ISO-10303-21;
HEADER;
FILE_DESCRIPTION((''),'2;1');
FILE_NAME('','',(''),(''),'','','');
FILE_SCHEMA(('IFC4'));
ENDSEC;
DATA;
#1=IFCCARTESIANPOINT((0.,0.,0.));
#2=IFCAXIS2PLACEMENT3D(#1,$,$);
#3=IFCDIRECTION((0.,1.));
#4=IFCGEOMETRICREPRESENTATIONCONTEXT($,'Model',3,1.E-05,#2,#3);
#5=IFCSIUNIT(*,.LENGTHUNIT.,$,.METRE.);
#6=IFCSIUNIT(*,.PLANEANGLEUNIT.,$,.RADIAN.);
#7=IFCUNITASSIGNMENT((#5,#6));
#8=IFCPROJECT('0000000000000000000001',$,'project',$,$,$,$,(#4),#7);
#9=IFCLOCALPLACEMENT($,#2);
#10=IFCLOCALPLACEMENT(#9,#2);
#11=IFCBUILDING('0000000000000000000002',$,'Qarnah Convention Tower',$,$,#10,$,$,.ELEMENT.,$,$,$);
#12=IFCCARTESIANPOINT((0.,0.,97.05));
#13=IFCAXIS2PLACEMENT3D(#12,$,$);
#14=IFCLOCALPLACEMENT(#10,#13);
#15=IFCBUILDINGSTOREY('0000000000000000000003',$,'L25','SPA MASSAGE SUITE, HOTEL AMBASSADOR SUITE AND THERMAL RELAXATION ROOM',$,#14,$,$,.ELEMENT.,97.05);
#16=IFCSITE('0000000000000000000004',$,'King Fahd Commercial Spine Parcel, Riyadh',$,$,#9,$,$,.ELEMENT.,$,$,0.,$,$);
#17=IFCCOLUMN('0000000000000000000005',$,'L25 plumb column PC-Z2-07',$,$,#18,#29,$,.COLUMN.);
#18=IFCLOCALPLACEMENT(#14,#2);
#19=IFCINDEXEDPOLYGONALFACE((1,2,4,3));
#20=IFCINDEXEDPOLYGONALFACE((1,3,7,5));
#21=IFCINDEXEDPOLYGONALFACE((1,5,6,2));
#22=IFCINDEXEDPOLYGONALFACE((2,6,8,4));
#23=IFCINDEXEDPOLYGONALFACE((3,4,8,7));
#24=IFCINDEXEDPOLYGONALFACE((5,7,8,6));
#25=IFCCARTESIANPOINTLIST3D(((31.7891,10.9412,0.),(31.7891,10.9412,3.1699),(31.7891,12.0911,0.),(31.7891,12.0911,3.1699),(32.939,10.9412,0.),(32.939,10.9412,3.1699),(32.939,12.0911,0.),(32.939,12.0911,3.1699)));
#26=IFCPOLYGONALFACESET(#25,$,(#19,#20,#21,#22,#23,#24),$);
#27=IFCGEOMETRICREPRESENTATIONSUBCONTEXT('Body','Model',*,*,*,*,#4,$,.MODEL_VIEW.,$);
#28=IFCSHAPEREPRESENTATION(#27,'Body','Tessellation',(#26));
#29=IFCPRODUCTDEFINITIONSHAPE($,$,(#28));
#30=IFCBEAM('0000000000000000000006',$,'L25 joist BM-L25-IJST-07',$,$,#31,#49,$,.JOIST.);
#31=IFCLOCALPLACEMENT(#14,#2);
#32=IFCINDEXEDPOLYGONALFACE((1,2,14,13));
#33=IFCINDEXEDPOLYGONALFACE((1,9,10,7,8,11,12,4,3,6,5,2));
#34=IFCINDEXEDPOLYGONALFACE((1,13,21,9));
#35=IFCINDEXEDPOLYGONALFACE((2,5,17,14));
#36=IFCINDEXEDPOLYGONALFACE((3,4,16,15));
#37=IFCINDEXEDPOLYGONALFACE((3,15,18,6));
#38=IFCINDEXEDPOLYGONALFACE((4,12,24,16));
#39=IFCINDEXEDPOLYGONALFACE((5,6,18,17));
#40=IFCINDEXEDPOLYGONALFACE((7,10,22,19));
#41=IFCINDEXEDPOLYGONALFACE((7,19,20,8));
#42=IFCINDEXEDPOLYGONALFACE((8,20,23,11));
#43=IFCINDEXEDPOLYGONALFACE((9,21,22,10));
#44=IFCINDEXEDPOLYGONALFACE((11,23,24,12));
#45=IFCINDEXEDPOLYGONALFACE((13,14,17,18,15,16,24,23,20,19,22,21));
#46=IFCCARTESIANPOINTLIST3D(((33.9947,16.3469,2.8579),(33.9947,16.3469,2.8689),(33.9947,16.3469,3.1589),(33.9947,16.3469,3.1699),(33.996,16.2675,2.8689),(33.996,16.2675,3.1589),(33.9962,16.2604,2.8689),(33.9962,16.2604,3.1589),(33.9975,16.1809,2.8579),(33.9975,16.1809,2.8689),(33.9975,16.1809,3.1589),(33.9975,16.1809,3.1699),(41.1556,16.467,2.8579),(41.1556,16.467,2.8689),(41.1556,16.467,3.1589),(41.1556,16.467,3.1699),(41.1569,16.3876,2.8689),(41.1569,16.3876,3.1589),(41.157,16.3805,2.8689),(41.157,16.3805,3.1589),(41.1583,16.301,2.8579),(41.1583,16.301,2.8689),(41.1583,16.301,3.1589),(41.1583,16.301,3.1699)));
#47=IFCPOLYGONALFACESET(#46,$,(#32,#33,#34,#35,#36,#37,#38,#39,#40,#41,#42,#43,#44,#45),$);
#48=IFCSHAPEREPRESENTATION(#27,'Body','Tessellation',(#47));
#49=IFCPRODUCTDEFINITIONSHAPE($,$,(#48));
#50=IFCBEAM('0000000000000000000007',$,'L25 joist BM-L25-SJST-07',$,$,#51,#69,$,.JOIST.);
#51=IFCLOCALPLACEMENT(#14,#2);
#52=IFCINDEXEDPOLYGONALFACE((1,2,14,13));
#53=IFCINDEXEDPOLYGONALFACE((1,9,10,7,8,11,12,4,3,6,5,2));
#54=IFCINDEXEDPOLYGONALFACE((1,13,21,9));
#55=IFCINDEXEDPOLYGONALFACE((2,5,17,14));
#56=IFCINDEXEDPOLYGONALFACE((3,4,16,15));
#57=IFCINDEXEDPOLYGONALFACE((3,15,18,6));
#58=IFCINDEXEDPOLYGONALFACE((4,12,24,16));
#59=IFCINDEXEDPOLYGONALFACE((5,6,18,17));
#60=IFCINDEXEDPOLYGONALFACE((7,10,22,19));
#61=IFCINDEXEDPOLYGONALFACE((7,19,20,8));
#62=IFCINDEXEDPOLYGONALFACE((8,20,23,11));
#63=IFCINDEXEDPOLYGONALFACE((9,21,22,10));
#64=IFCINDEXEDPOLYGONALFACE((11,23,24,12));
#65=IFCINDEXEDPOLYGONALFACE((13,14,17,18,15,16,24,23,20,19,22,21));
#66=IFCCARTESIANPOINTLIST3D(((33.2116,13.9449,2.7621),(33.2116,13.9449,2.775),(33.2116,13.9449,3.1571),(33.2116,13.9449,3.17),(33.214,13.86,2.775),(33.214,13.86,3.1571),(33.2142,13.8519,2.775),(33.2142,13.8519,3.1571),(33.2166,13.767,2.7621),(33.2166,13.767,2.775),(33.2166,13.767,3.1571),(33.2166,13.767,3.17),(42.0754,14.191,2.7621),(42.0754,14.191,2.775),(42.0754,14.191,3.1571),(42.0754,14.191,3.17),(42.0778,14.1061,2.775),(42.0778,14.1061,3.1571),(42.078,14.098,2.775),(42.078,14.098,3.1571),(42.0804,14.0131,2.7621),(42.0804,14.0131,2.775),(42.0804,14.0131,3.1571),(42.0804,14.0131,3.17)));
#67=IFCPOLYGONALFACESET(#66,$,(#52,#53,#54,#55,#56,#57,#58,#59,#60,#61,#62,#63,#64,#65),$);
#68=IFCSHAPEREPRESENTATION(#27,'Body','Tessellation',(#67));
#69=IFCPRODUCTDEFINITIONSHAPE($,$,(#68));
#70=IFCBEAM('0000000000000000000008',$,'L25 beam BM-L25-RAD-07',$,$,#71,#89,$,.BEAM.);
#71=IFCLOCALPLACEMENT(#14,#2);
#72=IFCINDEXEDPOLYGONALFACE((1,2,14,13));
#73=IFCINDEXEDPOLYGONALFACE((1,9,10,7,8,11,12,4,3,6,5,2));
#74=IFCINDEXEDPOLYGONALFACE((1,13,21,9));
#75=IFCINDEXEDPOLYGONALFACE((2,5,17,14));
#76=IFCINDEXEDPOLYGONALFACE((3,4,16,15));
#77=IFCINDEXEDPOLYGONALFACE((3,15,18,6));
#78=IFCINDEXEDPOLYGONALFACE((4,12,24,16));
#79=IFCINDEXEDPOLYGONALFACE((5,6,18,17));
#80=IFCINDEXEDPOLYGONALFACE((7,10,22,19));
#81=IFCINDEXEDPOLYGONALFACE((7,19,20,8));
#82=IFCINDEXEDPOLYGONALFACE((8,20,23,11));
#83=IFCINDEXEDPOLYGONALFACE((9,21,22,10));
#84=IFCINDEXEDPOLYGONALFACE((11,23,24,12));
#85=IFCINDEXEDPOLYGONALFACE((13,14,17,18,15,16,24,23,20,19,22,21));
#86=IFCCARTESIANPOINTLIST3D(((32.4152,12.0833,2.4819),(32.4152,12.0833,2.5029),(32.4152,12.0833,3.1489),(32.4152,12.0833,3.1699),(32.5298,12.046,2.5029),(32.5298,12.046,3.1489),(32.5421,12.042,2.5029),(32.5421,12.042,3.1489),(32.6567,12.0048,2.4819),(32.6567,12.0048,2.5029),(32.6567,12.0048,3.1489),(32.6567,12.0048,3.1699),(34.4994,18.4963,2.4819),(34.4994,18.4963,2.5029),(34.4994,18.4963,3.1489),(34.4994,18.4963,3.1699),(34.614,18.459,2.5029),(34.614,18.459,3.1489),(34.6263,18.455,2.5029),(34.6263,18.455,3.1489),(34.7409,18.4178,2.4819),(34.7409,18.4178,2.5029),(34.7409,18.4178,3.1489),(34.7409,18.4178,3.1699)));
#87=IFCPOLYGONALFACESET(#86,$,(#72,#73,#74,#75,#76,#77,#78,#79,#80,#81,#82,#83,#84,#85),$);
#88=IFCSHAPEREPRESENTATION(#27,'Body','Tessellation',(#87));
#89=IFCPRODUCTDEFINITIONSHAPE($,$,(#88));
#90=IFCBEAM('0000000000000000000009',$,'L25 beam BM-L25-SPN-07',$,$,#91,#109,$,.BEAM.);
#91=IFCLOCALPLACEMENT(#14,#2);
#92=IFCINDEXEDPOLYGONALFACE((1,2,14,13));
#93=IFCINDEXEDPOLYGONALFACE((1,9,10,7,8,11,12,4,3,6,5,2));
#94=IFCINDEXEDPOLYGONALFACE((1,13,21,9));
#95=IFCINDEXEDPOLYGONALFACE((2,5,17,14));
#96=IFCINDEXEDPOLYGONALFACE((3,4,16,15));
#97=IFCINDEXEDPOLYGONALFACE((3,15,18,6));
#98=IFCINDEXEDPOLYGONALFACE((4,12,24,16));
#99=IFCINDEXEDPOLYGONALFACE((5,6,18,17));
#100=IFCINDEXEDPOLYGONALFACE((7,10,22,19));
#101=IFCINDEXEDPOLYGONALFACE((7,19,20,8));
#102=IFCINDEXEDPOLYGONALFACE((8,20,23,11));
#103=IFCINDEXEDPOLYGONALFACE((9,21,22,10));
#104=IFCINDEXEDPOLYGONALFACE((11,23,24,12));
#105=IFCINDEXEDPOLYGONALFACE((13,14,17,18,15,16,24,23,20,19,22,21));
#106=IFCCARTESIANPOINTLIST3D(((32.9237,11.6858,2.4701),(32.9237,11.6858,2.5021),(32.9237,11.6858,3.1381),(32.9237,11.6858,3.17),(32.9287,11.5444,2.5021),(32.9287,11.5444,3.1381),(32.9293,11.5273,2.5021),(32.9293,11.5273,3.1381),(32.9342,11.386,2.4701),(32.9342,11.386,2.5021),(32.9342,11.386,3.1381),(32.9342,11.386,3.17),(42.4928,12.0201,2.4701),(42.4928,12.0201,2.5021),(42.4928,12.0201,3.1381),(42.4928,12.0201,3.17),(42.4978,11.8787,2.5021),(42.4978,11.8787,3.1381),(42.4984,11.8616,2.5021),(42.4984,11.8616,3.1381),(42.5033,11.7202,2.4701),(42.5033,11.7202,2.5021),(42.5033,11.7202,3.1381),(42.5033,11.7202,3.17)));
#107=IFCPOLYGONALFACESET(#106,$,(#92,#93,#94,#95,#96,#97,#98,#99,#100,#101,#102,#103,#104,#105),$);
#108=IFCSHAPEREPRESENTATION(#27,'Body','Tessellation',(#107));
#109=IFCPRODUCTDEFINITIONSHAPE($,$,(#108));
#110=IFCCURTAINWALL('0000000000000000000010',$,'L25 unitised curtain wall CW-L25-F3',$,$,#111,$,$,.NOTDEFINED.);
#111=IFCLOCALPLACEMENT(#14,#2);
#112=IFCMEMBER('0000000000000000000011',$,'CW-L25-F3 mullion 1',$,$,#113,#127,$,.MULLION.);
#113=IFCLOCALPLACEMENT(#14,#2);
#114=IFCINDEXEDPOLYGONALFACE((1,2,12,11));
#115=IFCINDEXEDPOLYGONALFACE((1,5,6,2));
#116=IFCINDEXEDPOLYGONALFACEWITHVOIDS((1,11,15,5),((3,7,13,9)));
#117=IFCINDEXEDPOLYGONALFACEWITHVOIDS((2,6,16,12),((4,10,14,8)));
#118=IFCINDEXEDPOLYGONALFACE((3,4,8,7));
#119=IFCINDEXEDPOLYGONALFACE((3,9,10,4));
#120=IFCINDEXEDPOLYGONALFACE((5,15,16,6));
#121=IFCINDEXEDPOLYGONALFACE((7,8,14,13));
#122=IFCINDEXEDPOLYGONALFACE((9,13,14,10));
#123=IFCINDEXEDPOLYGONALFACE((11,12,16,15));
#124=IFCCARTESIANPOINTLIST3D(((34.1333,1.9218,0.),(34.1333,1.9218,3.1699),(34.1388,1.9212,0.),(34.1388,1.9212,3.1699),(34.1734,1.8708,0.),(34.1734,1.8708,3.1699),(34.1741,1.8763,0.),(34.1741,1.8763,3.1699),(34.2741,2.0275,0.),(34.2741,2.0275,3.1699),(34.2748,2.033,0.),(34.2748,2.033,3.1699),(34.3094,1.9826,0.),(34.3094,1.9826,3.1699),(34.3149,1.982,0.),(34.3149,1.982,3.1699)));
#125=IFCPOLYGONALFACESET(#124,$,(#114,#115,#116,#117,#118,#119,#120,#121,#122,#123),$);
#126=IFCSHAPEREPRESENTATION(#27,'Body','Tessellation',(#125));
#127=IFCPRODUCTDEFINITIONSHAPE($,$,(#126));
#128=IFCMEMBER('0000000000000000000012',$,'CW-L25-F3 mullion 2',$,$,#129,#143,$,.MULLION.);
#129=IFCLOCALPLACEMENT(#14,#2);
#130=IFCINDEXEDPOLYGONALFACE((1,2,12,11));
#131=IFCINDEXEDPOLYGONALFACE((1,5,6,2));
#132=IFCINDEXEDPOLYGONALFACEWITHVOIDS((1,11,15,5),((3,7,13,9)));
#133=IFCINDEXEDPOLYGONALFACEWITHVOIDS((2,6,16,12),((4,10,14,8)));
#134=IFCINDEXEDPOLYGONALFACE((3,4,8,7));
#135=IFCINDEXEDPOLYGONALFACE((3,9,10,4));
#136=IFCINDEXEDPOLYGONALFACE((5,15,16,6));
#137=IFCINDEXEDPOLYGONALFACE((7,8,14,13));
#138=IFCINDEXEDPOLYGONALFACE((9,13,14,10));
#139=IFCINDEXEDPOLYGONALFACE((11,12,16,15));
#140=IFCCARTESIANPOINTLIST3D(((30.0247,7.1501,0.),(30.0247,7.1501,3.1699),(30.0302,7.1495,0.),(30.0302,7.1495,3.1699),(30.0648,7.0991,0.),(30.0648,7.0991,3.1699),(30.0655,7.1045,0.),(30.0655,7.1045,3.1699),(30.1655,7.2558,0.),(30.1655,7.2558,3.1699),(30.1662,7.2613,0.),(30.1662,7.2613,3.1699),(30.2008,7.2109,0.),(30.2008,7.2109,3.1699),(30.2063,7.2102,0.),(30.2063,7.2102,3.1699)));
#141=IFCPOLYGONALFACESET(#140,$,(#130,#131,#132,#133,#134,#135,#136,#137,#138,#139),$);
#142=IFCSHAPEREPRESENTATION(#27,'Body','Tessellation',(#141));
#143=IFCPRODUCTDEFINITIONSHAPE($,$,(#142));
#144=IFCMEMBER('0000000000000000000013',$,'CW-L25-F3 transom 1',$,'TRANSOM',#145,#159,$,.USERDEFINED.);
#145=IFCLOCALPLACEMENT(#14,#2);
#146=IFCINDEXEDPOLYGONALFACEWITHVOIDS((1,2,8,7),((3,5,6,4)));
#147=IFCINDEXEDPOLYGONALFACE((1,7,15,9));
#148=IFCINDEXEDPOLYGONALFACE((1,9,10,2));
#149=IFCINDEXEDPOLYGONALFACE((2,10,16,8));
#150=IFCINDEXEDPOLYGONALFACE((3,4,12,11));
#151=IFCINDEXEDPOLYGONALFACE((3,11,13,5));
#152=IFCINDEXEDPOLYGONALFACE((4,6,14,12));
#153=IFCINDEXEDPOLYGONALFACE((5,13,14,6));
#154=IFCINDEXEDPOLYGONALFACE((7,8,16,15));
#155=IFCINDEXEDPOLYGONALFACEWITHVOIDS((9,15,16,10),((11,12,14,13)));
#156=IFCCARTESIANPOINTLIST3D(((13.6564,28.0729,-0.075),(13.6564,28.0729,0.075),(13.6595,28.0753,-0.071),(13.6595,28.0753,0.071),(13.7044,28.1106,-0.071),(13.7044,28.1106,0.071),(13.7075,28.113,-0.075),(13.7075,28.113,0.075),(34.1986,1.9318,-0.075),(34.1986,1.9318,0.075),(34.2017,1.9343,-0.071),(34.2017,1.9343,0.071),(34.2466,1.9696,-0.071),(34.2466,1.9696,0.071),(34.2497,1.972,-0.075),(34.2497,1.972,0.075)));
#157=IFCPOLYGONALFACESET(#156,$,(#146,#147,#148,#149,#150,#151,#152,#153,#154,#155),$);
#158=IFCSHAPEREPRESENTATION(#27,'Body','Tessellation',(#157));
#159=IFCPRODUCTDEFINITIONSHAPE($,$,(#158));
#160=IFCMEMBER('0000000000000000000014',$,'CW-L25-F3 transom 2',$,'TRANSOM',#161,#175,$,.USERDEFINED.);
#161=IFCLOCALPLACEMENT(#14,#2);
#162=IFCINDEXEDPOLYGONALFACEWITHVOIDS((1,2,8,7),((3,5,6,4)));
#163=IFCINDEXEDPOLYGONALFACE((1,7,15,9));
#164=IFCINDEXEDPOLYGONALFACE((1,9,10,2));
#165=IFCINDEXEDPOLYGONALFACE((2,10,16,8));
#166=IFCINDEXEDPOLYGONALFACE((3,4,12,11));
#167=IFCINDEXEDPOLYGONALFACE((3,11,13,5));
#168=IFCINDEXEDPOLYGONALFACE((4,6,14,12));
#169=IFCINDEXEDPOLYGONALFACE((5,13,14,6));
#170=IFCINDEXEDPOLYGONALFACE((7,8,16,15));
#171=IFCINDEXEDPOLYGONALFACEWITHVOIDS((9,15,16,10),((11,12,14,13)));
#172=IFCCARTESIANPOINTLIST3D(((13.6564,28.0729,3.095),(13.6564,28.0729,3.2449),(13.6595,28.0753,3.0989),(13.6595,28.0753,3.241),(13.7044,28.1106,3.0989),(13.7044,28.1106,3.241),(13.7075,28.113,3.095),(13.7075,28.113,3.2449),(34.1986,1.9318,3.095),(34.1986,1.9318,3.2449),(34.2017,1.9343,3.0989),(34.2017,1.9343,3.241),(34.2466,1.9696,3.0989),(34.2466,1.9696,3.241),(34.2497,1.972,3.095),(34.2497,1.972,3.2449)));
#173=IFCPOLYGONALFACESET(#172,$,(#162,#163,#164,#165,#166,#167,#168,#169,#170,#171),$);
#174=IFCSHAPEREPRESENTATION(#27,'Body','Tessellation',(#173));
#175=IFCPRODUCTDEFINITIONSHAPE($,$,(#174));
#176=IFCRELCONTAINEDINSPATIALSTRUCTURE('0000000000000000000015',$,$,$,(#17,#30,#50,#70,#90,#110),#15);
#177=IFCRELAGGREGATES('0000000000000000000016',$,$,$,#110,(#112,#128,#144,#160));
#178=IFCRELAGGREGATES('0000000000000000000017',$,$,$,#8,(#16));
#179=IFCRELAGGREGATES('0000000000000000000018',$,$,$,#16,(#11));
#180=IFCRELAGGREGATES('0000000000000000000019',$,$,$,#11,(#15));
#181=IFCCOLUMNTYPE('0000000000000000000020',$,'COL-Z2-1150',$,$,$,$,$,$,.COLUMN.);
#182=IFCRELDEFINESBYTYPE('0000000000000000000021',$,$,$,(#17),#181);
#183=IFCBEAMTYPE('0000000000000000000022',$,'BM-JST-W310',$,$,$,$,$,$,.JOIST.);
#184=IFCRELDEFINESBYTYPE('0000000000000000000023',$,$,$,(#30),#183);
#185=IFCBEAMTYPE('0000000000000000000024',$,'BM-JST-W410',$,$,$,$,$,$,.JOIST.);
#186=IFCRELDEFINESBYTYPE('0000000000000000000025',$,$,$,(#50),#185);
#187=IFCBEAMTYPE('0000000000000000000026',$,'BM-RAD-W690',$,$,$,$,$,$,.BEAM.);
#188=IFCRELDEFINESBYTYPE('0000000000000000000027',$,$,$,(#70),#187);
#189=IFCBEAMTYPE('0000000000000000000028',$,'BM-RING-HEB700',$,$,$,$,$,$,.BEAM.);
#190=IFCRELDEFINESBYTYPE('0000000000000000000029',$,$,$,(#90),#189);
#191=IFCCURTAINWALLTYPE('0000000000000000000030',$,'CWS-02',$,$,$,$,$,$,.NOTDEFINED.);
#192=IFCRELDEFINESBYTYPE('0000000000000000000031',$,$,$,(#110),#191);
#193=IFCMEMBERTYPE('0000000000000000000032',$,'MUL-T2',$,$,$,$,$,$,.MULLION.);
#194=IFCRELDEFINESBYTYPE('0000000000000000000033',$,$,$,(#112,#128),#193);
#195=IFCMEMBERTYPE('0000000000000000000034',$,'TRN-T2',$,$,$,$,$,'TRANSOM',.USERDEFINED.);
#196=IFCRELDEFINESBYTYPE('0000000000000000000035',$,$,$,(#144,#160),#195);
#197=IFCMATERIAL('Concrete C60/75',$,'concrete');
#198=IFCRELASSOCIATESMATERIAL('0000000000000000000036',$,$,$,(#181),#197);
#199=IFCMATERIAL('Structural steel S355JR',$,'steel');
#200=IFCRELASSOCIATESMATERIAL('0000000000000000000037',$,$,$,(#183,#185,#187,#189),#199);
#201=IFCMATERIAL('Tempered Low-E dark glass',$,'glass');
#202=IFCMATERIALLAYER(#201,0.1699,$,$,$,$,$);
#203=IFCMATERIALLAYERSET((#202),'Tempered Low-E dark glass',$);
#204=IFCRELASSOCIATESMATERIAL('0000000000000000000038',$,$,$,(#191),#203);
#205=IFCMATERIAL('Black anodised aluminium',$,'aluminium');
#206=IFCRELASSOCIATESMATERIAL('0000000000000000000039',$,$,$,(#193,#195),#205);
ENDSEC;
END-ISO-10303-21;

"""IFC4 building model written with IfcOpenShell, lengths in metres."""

from ifc_helpers import new_model, si_unit, direction, frame, origin, origin_2d, place, context, subcontext, project, spatial, rectangle, hollow_rectangle, i_section, extrude, material, layer, layer_set, material_profile, profile_set, type_object, element, aggregate, save


model = new_model("IFC4")

# Units and contexts
model_context = context("Model", 3, precision=1e-05, world=origin(), true_north=direction((0.0, 1.0)))
body_context = subcontext(model_context, "Body", "Model", "MODEL_VIEW")
ifc_project = project(units=[si_unit("LENGTHUNIT", "METRE"), si_unit("PLANEANGLEUNIT", "RADIAN")], contexts=[model_context])

# Site, building, storey
site_placement = place(None, origin())
site = spatial("IfcSite", under=ifc_project, at=site_placement, Name="King Fahd Commercial Spine Parcel, Riyadh", CompositionType="ELEMENT", RefElevation=0.0)
building_placement = place(site_placement, origin())
building = spatial("IfcBuilding", under=site, at=building_placement, Name="Qarnah Convention Tower", CompositionType="ELEMENT")
storey_placement = place(building_placement, frame((0.0, 0.0, 97.05)))
storey = spatial("IfcBuildingStorey", under=building, at=storey_placement, Name="L25", Description="SPA MASSAGE SUITE, HOTEL AMBASSADOR SUITE AND THERMAL RELAXATION ROOM", CompositionType="ELEMENT", Elevation=97.05)

# Column
ifc_material_1 = material(Name="Concrete C60/75", Category="concrete")
ifc_material_profile_1 = material_profile(ifc_material_1, rectangle(XDim=1.1499, YDim=1.1499, at=origin_2d()), Name="RC-COL-1150X1150")
ifc_profile_set_1 = profile_set([ifc_material_profile_1], Name="Concrete C60/75")
column_type = type_object("IfcColumnType", Name="COL-Z2-1150", PredefinedType="COLUMN", material=ifc_profile_set_1)
column_placement = place(storey_placement, frame((32.364, 11.5161, 0.0), z_axis=(0.0, 0.0, 1.0), x_axis=(1.0, 0.0, 0.0)))
element("IfcColumn", 1, at=column_placement, inside=storey, type_object=column_type, Name="L25 plumb column PC-Z2-07", PredefinedType="COLUMN", context=body_context, shape_type="SweptSolid", body=[
    extrude(rectangle(XDim=1.1499, YDim=1.1499, at=origin_2d()), origin(), (0.0, 0.0, 1.0), 3.1699),
])

# Beams
ifc_material_2 = material(Name="Structural steel S355JR", Category="steel")
ifc_material_profile_2 = material_profile(ifc_material_2, i_section(OverallWidth=0.166, OverallDepth=0.312, WebThickness=0.0071, FlangeThickness=0.011, at=origin_2d()), Name="W310X45")
ifc_profile_set_2 = profile_set([ifc_material_profile_2], Name="Structural steel S355JR")
beam_type_1 = type_object("IfcBeamType", Name="BM-JST-W310", PredefinedType="JOIST", material=ifc_profile_set_2)
beam_1_placement = place(storey_placement, frame((33.9961, 16.2639, 3.0139), z_axis=(0.999859, 0.016772, 0.0), x_axis=(-0.016772, 0.999859, 0.0)))
element("IfcBeam", 2, at=beam_1_placement, inside=storey, type_object=beam_type_1, Name="L25 joist BM-L25-IJST-07", PredefinedType="JOIST", context=body_context, shape_type="SweptSolid", body=[
    extrude(i_section(OverallWidth=0.166, OverallDepth=0.312, WebThickness=0.0071, FlangeThickness=0.011, at=origin_2d()), origin(), (0.0, 0.0, 1.0), 7.1619),
])
ifc_material_profile_3 = material_profile(ifc_material_2, i_section(OverallWidth=0.178, OverallDepth=0.408, WebThickness=0.0081, FlangeThickness=0.0129, at=origin_2d()), Name="W410X60")
ifc_profile_set_3 = profile_set([ifc_material_profile_3], Name="Structural steel S355JR")
beam_type_2 = type_object("IfcBeamType", Name="BM-JST-W410", PredefinedType="JOIST", material=ifc_profile_set_3)
beam_2_placement = place(storey_placement, frame((33.2141, 13.856, 2.9661), z_axis=(0.999615, 0.027753, 0.0), x_axis=(-0.027753, 0.999615, 0.0)))
element("IfcBeam", 3, at=beam_2_placement, inside=storey, type_object=beam_type_2, Name="L25 joist BM-L25-SJST-07", PredefinedType="JOIST", context=body_context, shape_type="SweptSolid", body=[
    extrude(i_section(OverallWidth=0.178, OverallDepth=0.408, WebThickness=0.0081, FlangeThickness=0.0129, at=origin_2d()), origin(), (0.0, 0.0, 1.0), 8.8672),
])
ifc_material_profile_4 = material_profile(ifc_material_2, i_section(OverallWidth=0.2539, OverallDepth=0.688, WebThickness=0.0129, FlangeThickness=0.021, at=origin_2d()), Name="W690X152")
ifc_profile_set_4 = profile_set([ifc_material_profile_4], Name="Structural steel S355JR")
beam_type_3 = type_object("IfcBeamType", Name="BM-RAD-W690", PredefinedType="BEAM", material=ifc_profile_set_4)
beam_3_placement = place(storey_placement, frame((34.6201, 18.457, 2.8259), z_axis=(-0.309083, -0.951035, 0.0), x_axis=(0.951035, -0.309083, 0.0)))
element("IfcBeam", 4, at=beam_3_placement, inside=storey, type_object=beam_type_3, Name="L25 beam BM-L25-RAD-07", PredefinedType="BEAM", context=body_context, shape_type="SweptSolid", body=[
    extrude(i_section(OverallWidth=0.2539, OverallDepth=0.688, WebThickness=0.0129, FlangeThickness=0.021, at=origin_2d()), origin(), (0.0, 0.0, 1.0), 6.7432),
])
ifc_material_profile_5 = material_profile(ifc_material_2, i_section(OverallWidth=0.3, OverallDepth=0.7, WebThickness=0.0171, FlangeThickness=0.032, at=origin_2d()), Name="HEB700")
ifc_profile_set_5 = profile_set([ifc_material_profile_5], Name="Structural steel S355JR")
beam_type_4 = type_object("IfcBeamType", Name="BM-RING-HEB700", PredefinedType="BEAM", material=ifc_profile_set_5)
beam_4_placement = place(storey_placement, frame((32.929, 11.5359, 2.8201), z_axis=(0.999391, 0.034907, 0.0), x_axis=(-0.034907, 0.999391, 0.0)))
element("IfcBeam", 5, at=beam_4_placement, inside=storey, type_object=beam_type_4, Name="L25 beam BM-L25-SPN-07", PredefinedType="BEAM", context=body_context, shape_type="SweptSolid", body=[
    extrude(i_section(OverallWidth=0.3, OverallDepth=0.7, WebThickness=0.0171, FlangeThickness=0.032, at=origin_2d()), origin(), (0.0, 0.0, 1.0), 9.575),
])

# Curtain wall, members
ifc_material_3 = material(Name="Tempered Low-E dark glass", Category="glass")
ifc_layer_1 = layer(ifc_material_3, 0.1699)
ifc_layer_set_1 = layer_set([ifc_layer_1], Name="Tempered Low-E dark glass")
curtain_wall_type = type_object("IfcCurtainWallType", Name="CWS-02", PredefinedType="NOTDEFINED", material=ifc_layer_set_1)
curtain_wall_placement = place(storey_placement, origin())
curtain_wall = element("IfcCurtainWall", 6, at=curtain_wall_placement, inside=storey, type_object=curtain_wall_type, Name="L25 unitised curtain wall CW-L25-F3", PredefinedType="NOTDEFINED")
ifc_material_4 = material(Name="Black anodised aluminium", Category="aluminium")
ifc_material_profile_6 = material_profile(ifc_material_4, hollow_rectangle(XDim=0.0649, YDim=0.1799, WallThickness=0.0039, at=origin_2d()), Name="MUL-65X180")
ifc_profile_set_6 = profile_set([ifc_material_profile_6], Name="Black anodised aluminium")
member_type_1 = type_object("IfcMemberType", Name="MUL-T2", PredefinedType="MULLION", material=ifc_profile_set_6)
member_1_placement = place(storey_placement, frame((34.2241, 1.9519, 0.0), z_axis=(0.0, 0.0, 1.0), x_axis=(-0.617871, 0.78628, 0.0)))
member_1 = element("IfcMember", 7, at=member_1_placement, type_object=member_type_1, Name="CW-L25-F3 mullion 1", PredefinedType="MULLION", context=body_context, shape_type="SweptSolid", body=[
    extrude(hollow_rectangle(XDim=0.0649, YDim=0.1799, WallThickness=0.0039, at=origin_2d()), origin(), (0.0, 0.0, 1.0), 3.1699),
])
member_2_placement = place(storey_placement, frame((30.1155, 7.1802, 0.0), z_axis=(0.0, 0.0, 1.0), x_axis=(-0.617871, 0.78628, 0.0)))
member_2 = element("IfcMember", 8, at=member_2_placement, type_object=member_type_1, Name="CW-L25-F3 mullion 2", PredefinedType="MULLION", context=body_context, shape_type="SweptSolid", body=[
    extrude(hollow_rectangle(XDim=0.0649, YDim=0.1799, WallThickness=0.0039, at=origin_2d()), origin(), (0.0, 0.0, 1.0), 3.1699),
])
ifc_material_profile_7 = material_profile(ifc_material_4, hollow_rectangle(XDim=0.0649, YDim=0.1499, WallThickness=0.0039, at=origin_2d()), Name="TRN-65X150")
ifc_profile_set_7 = profile_set([ifc_material_profile_7], Name="Black anodised aluminium")
member_type_2 = type_object("IfcMemberType", Name="TRN-T2", ElementType="TRANSOM", PredefinedType="USERDEFINED", material=ifc_profile_set_7)
member_3_placement = place(storey_placement, frame((34.2241, 1.9519, 0.0), z_axis=(-0.617873, 0.786278, 0.0), x_axis=(-0.786278, -0.617873, 0.0)))
member_3 = element("IfcMember", 9, at=member_3_placement, type_object=member_type_2, Name="CW-L25-F3 transom 1", ObjectType="TRANSOM", PredefinedType="USERDEFINED", context=body_context, shape_type="SweptSolid", body=[
    extrude(hollow_rectangle(XDim=0.0649, YDim=0.1499, WallThickness=0.0039, at=origin_2d()), origin(), (0.0, 0.0, 1.0), 33.2466),
])
member_4_placement = place(storey_placement, frame((34.2241, 1.9519, 3.1699), z_axis=(-0.617873, 0.786278, 0.0), x_axis=(-0.786278, -0.617873, 0.0)))
member_4 = element("IfcMember", 10, at=member_4_placement, type_object=member_type_2, Name="CW-L25-F3 transom 2", ObjectType="TRANSOM", PredefinedType="USERDEFINED", context=body_context, shape_type="SweptSolid", body=[
    extrude(hollow_rectangle(XDim=0.0649, YDim=0.1499, WallThickness=0.0039, at=origin_2d()), origin(), (0.0, 0.0, 1.0), 33.2466),
])
aggregate(curtain_wall, [member_1, member_2, member_3, member_4])

save(model, "model.ifc")
